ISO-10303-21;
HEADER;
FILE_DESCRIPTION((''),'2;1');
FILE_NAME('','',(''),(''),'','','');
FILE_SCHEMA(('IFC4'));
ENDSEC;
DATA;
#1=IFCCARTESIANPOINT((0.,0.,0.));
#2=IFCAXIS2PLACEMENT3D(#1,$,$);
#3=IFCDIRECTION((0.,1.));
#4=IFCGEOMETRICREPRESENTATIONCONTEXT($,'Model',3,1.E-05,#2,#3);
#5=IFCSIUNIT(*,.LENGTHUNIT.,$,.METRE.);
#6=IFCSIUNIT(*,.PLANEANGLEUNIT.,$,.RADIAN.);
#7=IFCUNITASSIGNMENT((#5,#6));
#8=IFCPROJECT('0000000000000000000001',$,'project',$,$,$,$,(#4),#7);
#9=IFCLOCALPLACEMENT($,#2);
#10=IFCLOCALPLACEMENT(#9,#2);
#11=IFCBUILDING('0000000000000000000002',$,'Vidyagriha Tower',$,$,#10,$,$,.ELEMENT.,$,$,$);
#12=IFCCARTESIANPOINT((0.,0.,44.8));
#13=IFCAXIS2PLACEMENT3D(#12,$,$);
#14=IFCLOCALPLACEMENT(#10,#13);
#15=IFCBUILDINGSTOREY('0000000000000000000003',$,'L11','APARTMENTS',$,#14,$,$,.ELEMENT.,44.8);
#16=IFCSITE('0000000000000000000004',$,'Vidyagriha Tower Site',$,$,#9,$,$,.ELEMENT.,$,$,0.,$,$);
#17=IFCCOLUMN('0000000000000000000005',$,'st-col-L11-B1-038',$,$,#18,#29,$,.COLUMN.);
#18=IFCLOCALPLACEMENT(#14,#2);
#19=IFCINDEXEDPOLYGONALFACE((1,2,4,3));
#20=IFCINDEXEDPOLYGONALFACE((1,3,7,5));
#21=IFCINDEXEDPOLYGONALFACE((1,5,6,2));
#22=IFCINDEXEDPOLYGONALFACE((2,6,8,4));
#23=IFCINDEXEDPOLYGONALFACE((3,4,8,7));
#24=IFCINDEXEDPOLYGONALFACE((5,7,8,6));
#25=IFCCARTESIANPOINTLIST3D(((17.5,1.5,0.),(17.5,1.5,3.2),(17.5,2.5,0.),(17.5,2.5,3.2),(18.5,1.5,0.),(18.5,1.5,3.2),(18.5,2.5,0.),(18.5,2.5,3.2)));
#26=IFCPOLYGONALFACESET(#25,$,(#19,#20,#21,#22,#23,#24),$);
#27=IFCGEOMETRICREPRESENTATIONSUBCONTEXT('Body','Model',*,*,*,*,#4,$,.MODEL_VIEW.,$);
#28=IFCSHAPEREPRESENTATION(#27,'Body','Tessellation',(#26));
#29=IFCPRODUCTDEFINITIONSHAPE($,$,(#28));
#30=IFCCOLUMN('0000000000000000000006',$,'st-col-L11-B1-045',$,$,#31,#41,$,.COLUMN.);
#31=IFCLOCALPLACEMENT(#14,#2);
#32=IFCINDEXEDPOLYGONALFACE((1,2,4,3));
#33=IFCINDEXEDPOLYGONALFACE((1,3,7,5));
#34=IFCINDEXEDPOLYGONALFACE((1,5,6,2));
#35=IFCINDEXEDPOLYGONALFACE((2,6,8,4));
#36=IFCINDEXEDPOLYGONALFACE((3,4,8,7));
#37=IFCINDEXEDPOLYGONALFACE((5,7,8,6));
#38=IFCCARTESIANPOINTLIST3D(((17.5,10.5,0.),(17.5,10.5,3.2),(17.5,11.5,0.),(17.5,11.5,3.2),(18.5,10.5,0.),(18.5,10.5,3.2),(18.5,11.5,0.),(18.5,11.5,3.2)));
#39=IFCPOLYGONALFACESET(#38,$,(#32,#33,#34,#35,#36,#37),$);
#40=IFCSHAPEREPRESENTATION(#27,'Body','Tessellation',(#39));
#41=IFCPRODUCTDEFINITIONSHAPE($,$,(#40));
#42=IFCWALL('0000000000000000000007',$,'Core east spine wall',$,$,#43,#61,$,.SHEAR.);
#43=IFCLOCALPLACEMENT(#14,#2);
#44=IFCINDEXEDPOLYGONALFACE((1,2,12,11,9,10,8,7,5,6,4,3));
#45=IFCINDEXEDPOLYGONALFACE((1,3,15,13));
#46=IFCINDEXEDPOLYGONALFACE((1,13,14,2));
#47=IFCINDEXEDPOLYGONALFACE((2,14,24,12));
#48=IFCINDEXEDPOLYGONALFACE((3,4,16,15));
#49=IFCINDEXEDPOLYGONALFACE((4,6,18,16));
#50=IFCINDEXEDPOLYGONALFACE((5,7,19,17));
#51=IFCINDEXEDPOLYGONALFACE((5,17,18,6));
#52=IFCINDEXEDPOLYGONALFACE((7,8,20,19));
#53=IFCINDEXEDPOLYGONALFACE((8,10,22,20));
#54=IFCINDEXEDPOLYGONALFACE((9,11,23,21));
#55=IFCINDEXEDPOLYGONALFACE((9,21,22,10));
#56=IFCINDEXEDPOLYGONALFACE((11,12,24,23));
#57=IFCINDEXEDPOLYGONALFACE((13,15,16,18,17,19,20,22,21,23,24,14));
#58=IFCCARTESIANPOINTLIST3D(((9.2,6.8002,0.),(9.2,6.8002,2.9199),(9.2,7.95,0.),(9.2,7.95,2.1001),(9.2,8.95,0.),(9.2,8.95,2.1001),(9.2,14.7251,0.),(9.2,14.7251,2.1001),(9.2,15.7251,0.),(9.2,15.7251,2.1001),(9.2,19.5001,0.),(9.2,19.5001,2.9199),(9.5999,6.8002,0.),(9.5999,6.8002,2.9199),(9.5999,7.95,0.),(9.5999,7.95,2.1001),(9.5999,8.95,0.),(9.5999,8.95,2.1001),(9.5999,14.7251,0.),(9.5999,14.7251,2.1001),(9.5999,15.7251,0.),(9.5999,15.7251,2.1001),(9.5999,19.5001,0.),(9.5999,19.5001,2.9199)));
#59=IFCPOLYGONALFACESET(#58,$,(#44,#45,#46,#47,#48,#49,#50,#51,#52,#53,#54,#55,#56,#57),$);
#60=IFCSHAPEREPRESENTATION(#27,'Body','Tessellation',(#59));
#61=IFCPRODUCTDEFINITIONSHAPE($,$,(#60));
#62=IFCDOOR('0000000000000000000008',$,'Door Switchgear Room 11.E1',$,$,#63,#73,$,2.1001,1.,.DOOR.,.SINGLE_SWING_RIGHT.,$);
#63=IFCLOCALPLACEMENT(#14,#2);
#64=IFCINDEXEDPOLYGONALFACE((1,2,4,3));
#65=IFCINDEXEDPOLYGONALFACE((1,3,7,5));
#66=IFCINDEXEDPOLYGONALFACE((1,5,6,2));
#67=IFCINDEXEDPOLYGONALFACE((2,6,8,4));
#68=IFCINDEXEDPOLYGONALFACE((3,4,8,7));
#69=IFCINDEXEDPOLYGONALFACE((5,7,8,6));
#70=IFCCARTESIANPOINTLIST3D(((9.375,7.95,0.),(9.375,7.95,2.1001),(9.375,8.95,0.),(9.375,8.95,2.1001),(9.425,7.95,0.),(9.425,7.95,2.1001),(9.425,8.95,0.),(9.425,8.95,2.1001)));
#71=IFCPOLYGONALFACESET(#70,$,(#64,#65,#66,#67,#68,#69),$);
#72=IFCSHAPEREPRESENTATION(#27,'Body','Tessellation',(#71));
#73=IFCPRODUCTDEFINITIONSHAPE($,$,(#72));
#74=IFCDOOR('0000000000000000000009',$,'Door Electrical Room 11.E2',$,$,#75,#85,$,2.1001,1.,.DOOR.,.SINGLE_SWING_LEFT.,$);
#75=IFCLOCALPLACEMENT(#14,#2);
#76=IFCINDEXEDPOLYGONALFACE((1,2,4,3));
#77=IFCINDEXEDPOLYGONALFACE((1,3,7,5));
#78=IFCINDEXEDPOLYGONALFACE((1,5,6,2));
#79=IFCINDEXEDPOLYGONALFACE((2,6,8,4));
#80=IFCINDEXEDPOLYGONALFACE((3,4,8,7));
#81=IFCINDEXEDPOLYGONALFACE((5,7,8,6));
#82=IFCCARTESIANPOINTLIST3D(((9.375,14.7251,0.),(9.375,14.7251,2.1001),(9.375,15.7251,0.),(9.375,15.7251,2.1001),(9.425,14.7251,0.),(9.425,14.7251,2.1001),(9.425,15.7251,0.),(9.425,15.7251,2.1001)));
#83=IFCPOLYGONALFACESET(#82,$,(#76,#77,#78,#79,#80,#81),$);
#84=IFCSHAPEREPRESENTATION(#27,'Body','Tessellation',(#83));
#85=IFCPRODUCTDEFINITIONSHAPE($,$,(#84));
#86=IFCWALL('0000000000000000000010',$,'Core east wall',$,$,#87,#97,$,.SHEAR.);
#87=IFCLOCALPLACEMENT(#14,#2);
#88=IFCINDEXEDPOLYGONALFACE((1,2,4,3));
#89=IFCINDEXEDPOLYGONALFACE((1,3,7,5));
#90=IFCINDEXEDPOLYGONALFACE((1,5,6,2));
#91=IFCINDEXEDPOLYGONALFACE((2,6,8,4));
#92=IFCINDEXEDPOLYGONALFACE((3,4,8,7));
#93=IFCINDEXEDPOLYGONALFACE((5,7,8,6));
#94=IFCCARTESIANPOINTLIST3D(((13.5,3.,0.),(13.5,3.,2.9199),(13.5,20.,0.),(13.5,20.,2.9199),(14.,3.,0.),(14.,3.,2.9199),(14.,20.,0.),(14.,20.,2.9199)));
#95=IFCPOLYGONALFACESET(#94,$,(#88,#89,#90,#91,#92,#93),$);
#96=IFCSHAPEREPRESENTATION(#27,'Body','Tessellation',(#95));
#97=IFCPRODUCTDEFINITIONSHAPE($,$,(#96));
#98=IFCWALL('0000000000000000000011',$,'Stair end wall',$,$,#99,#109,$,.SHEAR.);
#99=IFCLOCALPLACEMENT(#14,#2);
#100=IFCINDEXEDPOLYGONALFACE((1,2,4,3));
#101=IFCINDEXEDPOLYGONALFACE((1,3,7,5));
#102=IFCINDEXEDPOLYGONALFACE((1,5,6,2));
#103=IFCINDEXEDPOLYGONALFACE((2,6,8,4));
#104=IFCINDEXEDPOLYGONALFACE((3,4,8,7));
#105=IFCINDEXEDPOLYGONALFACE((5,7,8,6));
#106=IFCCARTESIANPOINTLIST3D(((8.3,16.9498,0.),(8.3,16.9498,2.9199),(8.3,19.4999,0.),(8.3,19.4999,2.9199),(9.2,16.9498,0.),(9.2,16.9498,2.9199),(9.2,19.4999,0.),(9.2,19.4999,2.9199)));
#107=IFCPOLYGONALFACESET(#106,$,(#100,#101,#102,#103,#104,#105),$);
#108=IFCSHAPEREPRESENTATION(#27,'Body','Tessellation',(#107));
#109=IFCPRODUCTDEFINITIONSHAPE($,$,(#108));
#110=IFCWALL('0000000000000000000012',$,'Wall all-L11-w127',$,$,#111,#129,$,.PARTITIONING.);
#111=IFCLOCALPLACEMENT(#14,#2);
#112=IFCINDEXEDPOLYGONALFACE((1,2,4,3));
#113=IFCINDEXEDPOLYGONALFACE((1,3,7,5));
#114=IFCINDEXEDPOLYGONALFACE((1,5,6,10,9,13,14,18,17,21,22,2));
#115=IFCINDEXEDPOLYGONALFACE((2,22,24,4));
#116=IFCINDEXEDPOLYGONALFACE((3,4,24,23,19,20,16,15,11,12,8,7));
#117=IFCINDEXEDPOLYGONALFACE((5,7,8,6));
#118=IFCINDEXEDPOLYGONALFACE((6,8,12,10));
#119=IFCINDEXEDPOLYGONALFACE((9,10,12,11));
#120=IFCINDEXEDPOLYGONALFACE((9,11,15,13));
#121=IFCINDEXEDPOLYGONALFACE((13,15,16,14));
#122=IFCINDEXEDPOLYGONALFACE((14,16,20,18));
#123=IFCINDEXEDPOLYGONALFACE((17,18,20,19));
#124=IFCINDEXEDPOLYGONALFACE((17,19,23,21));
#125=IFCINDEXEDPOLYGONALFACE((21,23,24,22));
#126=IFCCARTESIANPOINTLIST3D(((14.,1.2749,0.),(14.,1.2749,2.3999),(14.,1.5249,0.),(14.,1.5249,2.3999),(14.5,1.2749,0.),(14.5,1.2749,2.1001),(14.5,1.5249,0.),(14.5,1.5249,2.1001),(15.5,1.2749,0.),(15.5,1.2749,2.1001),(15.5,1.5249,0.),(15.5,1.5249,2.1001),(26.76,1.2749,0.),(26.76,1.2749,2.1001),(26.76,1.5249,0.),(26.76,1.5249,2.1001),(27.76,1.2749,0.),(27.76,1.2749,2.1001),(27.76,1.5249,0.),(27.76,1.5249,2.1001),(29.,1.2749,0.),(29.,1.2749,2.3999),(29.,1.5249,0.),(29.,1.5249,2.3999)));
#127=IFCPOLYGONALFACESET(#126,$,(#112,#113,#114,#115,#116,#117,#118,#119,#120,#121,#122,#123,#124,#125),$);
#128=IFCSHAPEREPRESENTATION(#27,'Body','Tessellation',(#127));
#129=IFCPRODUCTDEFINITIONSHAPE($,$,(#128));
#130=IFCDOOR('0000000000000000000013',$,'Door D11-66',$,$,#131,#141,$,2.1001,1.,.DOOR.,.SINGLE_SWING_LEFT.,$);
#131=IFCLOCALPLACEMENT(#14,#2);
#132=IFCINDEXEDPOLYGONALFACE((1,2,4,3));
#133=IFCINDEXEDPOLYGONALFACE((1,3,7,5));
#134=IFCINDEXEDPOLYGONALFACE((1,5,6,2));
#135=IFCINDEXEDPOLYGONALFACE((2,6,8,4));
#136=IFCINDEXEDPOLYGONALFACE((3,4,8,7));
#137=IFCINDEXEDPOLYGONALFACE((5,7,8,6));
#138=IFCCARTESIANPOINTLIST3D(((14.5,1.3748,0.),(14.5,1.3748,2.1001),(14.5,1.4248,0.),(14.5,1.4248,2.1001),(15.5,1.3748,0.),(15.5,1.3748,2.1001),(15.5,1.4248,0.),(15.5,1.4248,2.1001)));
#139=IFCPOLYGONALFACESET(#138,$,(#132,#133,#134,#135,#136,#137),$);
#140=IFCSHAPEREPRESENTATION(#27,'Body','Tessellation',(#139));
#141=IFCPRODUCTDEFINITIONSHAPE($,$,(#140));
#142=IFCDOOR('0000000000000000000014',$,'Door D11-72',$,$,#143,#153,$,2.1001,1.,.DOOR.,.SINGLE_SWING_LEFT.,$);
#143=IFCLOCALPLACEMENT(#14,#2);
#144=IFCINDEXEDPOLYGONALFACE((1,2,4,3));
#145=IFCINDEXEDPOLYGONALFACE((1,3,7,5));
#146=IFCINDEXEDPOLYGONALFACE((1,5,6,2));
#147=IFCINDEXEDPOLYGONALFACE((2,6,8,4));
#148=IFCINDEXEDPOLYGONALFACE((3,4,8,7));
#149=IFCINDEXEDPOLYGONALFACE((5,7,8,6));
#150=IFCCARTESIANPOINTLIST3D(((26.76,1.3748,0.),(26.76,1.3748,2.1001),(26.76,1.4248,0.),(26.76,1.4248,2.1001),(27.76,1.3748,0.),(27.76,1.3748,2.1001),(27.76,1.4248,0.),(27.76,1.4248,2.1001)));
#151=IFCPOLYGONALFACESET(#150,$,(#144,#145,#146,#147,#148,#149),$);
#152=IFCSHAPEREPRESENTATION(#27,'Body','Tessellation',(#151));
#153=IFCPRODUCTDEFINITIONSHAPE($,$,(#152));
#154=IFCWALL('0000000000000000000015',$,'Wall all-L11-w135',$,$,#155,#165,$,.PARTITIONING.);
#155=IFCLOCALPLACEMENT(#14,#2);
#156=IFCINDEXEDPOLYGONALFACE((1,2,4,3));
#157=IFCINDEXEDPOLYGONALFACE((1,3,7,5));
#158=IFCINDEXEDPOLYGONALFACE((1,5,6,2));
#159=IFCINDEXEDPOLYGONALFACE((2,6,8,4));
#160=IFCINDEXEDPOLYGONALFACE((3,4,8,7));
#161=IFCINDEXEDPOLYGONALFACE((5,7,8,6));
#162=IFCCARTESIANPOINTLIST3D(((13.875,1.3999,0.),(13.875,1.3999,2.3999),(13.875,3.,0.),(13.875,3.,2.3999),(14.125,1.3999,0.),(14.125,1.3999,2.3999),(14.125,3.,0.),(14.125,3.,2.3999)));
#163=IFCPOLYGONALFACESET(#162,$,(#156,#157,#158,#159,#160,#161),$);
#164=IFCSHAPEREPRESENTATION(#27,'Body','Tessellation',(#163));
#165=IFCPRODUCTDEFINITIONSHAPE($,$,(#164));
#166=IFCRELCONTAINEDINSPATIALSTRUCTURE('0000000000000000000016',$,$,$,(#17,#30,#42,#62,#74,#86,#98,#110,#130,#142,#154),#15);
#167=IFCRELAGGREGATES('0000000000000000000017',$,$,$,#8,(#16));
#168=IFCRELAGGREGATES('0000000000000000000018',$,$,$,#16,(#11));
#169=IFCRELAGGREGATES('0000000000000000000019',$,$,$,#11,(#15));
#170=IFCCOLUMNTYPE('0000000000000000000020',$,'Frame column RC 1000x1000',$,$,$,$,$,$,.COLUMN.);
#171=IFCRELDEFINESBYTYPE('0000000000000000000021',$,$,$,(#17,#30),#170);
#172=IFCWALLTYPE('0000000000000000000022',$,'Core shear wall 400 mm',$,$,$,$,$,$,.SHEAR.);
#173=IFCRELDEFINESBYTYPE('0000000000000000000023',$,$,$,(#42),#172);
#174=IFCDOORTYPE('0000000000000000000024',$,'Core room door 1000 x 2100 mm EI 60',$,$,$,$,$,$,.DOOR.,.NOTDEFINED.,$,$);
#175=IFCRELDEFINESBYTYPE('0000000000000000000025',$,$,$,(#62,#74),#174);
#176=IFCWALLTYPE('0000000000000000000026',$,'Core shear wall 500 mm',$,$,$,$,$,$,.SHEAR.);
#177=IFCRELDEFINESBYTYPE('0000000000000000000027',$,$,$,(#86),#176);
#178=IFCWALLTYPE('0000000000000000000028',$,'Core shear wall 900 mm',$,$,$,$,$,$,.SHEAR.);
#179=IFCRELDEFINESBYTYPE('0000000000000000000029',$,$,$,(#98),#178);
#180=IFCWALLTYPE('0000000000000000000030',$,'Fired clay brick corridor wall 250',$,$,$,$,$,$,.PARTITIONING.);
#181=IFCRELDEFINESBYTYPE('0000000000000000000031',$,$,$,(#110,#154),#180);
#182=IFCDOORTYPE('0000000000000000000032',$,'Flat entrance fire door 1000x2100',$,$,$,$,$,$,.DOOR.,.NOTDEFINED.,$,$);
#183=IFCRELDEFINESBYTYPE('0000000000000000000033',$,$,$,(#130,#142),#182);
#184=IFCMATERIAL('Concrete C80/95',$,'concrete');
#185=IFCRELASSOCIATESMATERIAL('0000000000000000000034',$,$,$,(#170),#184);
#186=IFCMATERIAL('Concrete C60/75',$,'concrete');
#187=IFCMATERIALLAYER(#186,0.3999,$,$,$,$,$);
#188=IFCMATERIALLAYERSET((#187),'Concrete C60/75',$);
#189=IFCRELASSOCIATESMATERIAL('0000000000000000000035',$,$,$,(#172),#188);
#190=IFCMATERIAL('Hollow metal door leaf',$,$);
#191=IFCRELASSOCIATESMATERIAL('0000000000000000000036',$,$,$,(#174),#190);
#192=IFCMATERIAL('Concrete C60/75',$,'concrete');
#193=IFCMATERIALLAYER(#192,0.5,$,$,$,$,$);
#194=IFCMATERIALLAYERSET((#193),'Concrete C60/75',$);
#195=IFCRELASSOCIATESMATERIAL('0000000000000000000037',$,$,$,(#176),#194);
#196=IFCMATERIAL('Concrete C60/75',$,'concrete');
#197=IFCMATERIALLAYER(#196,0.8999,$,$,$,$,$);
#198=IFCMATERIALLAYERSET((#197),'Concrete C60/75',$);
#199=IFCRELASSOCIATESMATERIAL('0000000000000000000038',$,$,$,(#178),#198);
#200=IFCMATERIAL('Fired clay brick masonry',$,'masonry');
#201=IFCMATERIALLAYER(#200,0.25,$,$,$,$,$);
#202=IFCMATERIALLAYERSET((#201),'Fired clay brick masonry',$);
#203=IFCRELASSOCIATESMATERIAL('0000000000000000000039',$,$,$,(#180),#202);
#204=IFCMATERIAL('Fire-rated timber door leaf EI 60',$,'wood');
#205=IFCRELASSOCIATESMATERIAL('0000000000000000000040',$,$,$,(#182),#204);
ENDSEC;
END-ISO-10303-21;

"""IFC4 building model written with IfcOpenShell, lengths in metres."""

from ifc_helpers import new_model, si_unit, direction, frame, frame_2d, origin, origin_2d, place, context, subcontext, project, spatial, rectangle, extrude, material, layer, layer_set, material_profile, profile_set, type_object, element, fill, save


model = new_model("IFC4")

# Units and contexts
model_context = context("Model", 3, precision=1e-05, world=origin(), true_north=direction((0.0, 1.0)))
body_context = subcontext(model_context, "Body", "Model", "MODEL_VIEW")
ifc_project = project(units=[si_unit("LENGTHUNIT", "METRE"), si_unit("PLANEANGLEUNIT", "RADIAN")], contexts=[model_context])

# Site, building, storey
site_placement = place(None, origin())
site = spatial("IfcSite", under=ifc_project, at=site_placement, Name="Vidyagriha Tower Site", CompositionType="ELEMENT", RefElevation=0.0)
building_placement = place(site_placement, origin())
building = spatial("IfcBuilding", under=site, at=building_placement, Name="Vidyagriha Tower", CompositionType="ELEMENT")
storey_placement = place(building_placement, frame((0.0, 0.0, 44.8)))
storey = spatial("IfcBuildingStorey", under=building, at=storey_placement, Name="L11", Description="APARTMENTS", CompositionType="ELEMENT", Elevation=44.8)

# Columns
ifc_material_1 = material(Name="Concrete C80/95", Category="concrete")
ifc_material_profile = material_profile(ifc_material_1, rectangle(XDim=1.0, YDim=1.0, at=origin_2d()), Name="RC 1000x1000")
ifc_profile_set = profile_set([ifc_material_profile], Name="Concrete C80/95")
column_type = type_object("IfcColumnType", Name="Frame column RC 1000x1000", PredefinedType="COLUMN", material=ifc_profile_set)
for number, where, name in (
    (1, (18.0, 2.0, 0.0), "st-col-L11-B1-038"),
    (2, (18.0, 11.0, 0.0), "st-col-L11-B1-045"),
):
    element("IfcColumn", number, at=place(storey_placement, frame(where)), inside=storey, type_object=column_type, Name=name, PredefinedType="COLUMN", context=body_context, shape_type="SweptSolid", body=[
        extrude(rectangle(XDim=1.0, YDim=1.0, at=origin_2d()), origin(), (0.0, 0.0, 1.0), 3.2),
    ])

# Wall, openings, doors
ifc_material_2 = material(Name="Concrete C60/75", Category="concrete")
ifc_layer_1 = layer(ifc_material_2, 0.3999)
ifc_layer_set_1 = layer_set([ifc_layer_1], Name="Concrete C60/75")
wall_type_1 = type_object("IfcWallType", Name="Core shear wall 400 mm", PredefinedType="SHEAR", material=ifc_layer_set_1)
wall_1_placement = place(storey_placement, frame((9.3999, 6.8, 0.0), z_axis=(0.0, 0.0, 1.0), x_axis=(0.0, 1.0, 0.0)))
wall_1 = element("IfcWall", 3, at=wall_1_placement, inside=storey, type_object=wall_type_1, Name="Core east spine wall", PredefinedType="SHEAR", context=body_context, shape_type="SweptSolid", body=[
    extrude(rectangle(XDim=12.7, YDim=0.3999, at=frame_2d((6.3501, 0.0))), origin(), (0.0, 0.0, 1.0), 2.9199),
])
opening_1_placement = place(wall_1_placement, frame((1.1499, 0.0, 0.0)))
opening_1 = element("IfcOpeningElement", 4, at=opening_1_placement, cuts=wall_1, PredefinedType="OPENING", context=body_context, shape_type="SweptSolid", body=[
    extrude(rectangle(XDim=1.0, YDim=2.1001, at=frame_2d((0.5, 1.05))), frame((0.0, 0.21, 0.0), z_axis=(0.0, -1.0, 0.0), x_axis=(1.0, 0.0, 0.0)), (0.0, 0.0, 1.0), 0.4199),
])
opening_2_placement = place(wall_1_placement, frame((7.925, 0.0, 0.0)))
opening_2 = element("IfcOpeningElement", 5, at=opening_2_placement, cuts=wall_1, PredefinedType="OPENING", context=body_context, shape_type="SweptSolid", body=[
    extrude(rectangle(XDim=1.0, YDim=2.1001, at=frame_2d((0.5, 1.05))), frame((0.0, 0.21, 0.0), z_axis=(0.0, -1.0, 0.0), x_axis=(1.0, 0.0, 0.0)), (0.0, 0.0, 1.0), 0.4199),
])
ifc_material_3 = material(Name="Hollow metal door leaf")
door_type_1 = type_object("IfcDoorType", Name="Core room door 1000 x 2100 mm EI 60", OperationType="NOTDEFINED", PredefinedType="DOOR", material=ifc_material_3)
door_1_placement = place(opening_1_placement, origin())
door_1 = element("IfcDoor", 6, at=door_1_placement, inside=storey, type_object=door_type_1, Name="Door Switchgear Room 11.E1", OperationType="SINGLE_SWING_RIGHT", OverallHeight=2.1001, OverallWidth=1.0, PredefinedType="DOOR", context=body_context, shape_type="SweptSolid", body=[
    extrude(rectangle(XDim=1.0, YDim=2.1001, at=frame_2d((0.5, 1.05))), frame((0.0, 0.0249, 0.0), z_axis=(0.0, -1.0, 0.0), x_axis=(1.0, 0.0, 0.0)), (0.0, 0.0, 1.0), 0.05),
])
fill(opening_1, door_1)
door_2_placement = place(opening_2_placement, origin())
door_2 = element("IfcDoor", 7, at=door_2_placement, inside=storey, type_object=door_type_1, Name="Door Electrical Room 11.E2", OperationType="SINGLE_SWING_LEFT", OverallHeight=2.1001, OverallWidth=1.0, PredefinedType="DOOR", context=body_context, shape_type="SweptSolid", body=[
    extrude(rectangle(XDim=1.0, YDim=2.1001, at=frame_2d((0.5, 1.05))), frame((0.0, 0.0249, 0.0), z_axis=(0.0, -1.0, 0.0), x_axis=(1.0, 0.0, 0.0)), (0.0, 0.0, 1.0), 0.05),
])
fill(opening_2, door_2)

# Walls
ifc_material_4 = material(Name="Concrete C60/75", Category="concrete")
ifc_layer_2 = layer(ifc_material_4, 0.5)
ifc_layer_set_2 = layer_set([ifc_layer_2], Name="Concrete C60/75")
wall_type_2 = type_object("IfcWallType", Name="Core shear wall 500 mm", PredefinedType="SHEAR", material=ifc_layer_set_2)
wall_2_placement = place(storey_placement, frame((13.75, 3.0, 0.0), z_axis=(0.0, 0.0, 1.0), x_axis=(0.0, 1.0, 0.0)))
element("IfcWall", 8, at=wall_2_placement, inside=storey, type_object=wall_type_2, Name="Core east wall", PredefinedType="SHEAR", context=body_context, shape_type="SweptSolid", body=[
    extrude(rectangle(XDim=17.0, YDim=0.5, at=frame_2d((8.5, 0.0))), origin(), (0.0, 0.0, 1.0), 2.9199),
])
ifc_material_5 = material(Name="Concrete C60/75", Category="concrete")
ifc_layer_3 = layer(ifc_material_5, 0.8999)
ifc_layer_set_3 = layer_set([ifc_layer_3], Name="Concrete C60/75")
wall_type_3 = type_object("IfcWallType", Name="Core shear wall 900 mm", PredefinedType="SHEAR", material=ifc_layer_set_3)
wall_3_placement = place(storey_placement, frame((8.75, 16.95, 0.0), z_axis=(0.0, 0.0, 1.0), x_axis=(0.0, 1.0, 0.0)))
element("IfcWall", 9, at=wall_3_placement, inside=storey, type_object=wall_type_3, Name="Stair end wall", PredefinedType="SHEAR", context=body_context, shape_type="SweptSolid", body=[
    extrude(rectangle(XDim=2.55, YDim=0.8999, at=frame_2d((1.2749, 0.0))), origin(), (0.0, 0.0, 1.0), 2.9199),
])

# Wall, openings, doors
ifc_material_6 = material(Name="Fired clay brick masonry", Category="masonry")
ifc_layer_4 = layer(ifc_material_6, 0.25)
ifc_layer_set_4 = layer_set([ifc_layer_4], Name="Fired clay brick masonry")
wall_type_4 = type_object("IfcWallType", Name="Fired clay brick corridor wall 250", PredefinedType="PARTITIONING", material=ifc_layer_set_4)
wall_4_placement = place(storey_placement, frame((14.0, 1.3999, 0.0)))
wall_4 = element("IfcWall", 10, at=wall_4_placement, inside=storey, type_object=wall_type_4, Name="Wall all-L11-w127", PredefinedType="PARTITIONING", context=body_context, shape_type="SweptSolid", body=[
    extrude(rectangle(XDim=15.0, YDim=0.25, at=frame_2d((7.5, 0.0))), origin(), (0.0, 0.0, 1.0), 2.3999),
])
opening_3_placement = place(wall_4_placement, frame((0.5, 0.0, 0.0)))
opening_3 = element("IfcOpeningElement", 11, at=opening_3_placement, cuts=wall_4, PredefinedType="OPENING", context=body_context, shape_type="SweptSolid", body=[
    extrude(rectangle(XDim=1.0, YDim=2.1001, at=frame_2d((0.5, 1.05))), frame((0.0, 0.135, 0.0), z_axis=(0.0, -1.0, 0.0), x_axis=(1.0, 0.0, 0.0)), (0.0, 0.0, 1.0), 0.27),
])
opening_4_placement = place(wall_4_placement, frame((12.76, 0.0, 0.0)))
opening_4 = element("IfcOpeningElement", 12, at=opening_4_placement, cuts=wall_4, PredefinedType="OPENING", context=body_context, shape_type="SweptSolid", body=[
    extrude(rectangle(XDim=1.0, YDim=2.1001, at=frame_2d((0.5, 1.05))), frame((0.0, 0.135, 0.0), z_axis=(0.0, -1.0, 0.0), x_axis=(1.0, 0.0, 0.0)), (0.0, 0.0, 1.0), 0.27),
])
ifc_material_7 = material(Name="Fire-rated timber door leaf EI 60", Category="wood")
door_type_2 = type_object("IfcDoorType", Name="Flat entrance fire door 1000x2100", OperationType="NOTDEFINED", PredefinedType="DOOR", material=ifc_material_7)
door_3_placement = place(opening_3_placement, origin())
door_3 = element("IfcDoor", 13, at=door_3_placement, inside=storey, type_object=door_type_2, Name="Door D11-66", OperationType="SINGLE_SWING_LEFT", OverallHeight=2.1001, OverallWidth=1.0, PredefinedType="DOOR", context=body_context, shape_type="SweptSolid", body=[
    extrude(rectangle(XDim=1.0, YDim=2.1001, at=frame_2d((0.5, 1.05))), frame((0.0, 0.0249, 0.0), z_axis=(0.0, -1.0, 0.0), x_axis=(1.0, 0.0, 0.0)), (0.0, 0.0, 1.0), 0.05),
])
fill(opening_3, door_3)
door_4_placement = place(opening_4_placement, origin())
door_4 = element("IfcDoor", 14, at=door_4_placement, inside=storey, type_object=door_type_2, Name="Door D11-72", OperationType="SINGLE_SWING_LEFT", OverallHeight=2.1001, OverallWidth=1.0, PredefinedType="DOOR", context=body_context, shape_type="SweptSolid", body=[
    extrude(rectangle(XDim=1.0, YDim=2.1001, at=frame_2d((0.5, 1.05))), frame((0.0, 0.0249, 0.0), z_axis=(0.0, -1.0, 0.0), x_axis=(1.0, 0.0, 0.0)), (0.0, 0.0, 1.0), 0.05),
])
fill(opening_4, door_4)

# Wall
wall_5_placement = place(storey_placement, frame((14.0, 1.3999, 0.0), z_axis=(0.0, 0.0, 1.0), x_axis=(0.0, 1.0, 0.0)))
element("IfcWall", 15, at=wall_5_placement, inside=storey, type_object=wall_type_4, Name="Wall all-L11-w135", PredefinedType="PARTITIONING", context=body_context, shape_type="SweptSolid", body=[
    extrude(rectangle(XDim=1.6001, YDim=0.25, at=frame_2d((0.8, 0.0))), origin(), (0.0, 0.0, 1.0), 2.3999),
])

save(model, "model.ifc")
